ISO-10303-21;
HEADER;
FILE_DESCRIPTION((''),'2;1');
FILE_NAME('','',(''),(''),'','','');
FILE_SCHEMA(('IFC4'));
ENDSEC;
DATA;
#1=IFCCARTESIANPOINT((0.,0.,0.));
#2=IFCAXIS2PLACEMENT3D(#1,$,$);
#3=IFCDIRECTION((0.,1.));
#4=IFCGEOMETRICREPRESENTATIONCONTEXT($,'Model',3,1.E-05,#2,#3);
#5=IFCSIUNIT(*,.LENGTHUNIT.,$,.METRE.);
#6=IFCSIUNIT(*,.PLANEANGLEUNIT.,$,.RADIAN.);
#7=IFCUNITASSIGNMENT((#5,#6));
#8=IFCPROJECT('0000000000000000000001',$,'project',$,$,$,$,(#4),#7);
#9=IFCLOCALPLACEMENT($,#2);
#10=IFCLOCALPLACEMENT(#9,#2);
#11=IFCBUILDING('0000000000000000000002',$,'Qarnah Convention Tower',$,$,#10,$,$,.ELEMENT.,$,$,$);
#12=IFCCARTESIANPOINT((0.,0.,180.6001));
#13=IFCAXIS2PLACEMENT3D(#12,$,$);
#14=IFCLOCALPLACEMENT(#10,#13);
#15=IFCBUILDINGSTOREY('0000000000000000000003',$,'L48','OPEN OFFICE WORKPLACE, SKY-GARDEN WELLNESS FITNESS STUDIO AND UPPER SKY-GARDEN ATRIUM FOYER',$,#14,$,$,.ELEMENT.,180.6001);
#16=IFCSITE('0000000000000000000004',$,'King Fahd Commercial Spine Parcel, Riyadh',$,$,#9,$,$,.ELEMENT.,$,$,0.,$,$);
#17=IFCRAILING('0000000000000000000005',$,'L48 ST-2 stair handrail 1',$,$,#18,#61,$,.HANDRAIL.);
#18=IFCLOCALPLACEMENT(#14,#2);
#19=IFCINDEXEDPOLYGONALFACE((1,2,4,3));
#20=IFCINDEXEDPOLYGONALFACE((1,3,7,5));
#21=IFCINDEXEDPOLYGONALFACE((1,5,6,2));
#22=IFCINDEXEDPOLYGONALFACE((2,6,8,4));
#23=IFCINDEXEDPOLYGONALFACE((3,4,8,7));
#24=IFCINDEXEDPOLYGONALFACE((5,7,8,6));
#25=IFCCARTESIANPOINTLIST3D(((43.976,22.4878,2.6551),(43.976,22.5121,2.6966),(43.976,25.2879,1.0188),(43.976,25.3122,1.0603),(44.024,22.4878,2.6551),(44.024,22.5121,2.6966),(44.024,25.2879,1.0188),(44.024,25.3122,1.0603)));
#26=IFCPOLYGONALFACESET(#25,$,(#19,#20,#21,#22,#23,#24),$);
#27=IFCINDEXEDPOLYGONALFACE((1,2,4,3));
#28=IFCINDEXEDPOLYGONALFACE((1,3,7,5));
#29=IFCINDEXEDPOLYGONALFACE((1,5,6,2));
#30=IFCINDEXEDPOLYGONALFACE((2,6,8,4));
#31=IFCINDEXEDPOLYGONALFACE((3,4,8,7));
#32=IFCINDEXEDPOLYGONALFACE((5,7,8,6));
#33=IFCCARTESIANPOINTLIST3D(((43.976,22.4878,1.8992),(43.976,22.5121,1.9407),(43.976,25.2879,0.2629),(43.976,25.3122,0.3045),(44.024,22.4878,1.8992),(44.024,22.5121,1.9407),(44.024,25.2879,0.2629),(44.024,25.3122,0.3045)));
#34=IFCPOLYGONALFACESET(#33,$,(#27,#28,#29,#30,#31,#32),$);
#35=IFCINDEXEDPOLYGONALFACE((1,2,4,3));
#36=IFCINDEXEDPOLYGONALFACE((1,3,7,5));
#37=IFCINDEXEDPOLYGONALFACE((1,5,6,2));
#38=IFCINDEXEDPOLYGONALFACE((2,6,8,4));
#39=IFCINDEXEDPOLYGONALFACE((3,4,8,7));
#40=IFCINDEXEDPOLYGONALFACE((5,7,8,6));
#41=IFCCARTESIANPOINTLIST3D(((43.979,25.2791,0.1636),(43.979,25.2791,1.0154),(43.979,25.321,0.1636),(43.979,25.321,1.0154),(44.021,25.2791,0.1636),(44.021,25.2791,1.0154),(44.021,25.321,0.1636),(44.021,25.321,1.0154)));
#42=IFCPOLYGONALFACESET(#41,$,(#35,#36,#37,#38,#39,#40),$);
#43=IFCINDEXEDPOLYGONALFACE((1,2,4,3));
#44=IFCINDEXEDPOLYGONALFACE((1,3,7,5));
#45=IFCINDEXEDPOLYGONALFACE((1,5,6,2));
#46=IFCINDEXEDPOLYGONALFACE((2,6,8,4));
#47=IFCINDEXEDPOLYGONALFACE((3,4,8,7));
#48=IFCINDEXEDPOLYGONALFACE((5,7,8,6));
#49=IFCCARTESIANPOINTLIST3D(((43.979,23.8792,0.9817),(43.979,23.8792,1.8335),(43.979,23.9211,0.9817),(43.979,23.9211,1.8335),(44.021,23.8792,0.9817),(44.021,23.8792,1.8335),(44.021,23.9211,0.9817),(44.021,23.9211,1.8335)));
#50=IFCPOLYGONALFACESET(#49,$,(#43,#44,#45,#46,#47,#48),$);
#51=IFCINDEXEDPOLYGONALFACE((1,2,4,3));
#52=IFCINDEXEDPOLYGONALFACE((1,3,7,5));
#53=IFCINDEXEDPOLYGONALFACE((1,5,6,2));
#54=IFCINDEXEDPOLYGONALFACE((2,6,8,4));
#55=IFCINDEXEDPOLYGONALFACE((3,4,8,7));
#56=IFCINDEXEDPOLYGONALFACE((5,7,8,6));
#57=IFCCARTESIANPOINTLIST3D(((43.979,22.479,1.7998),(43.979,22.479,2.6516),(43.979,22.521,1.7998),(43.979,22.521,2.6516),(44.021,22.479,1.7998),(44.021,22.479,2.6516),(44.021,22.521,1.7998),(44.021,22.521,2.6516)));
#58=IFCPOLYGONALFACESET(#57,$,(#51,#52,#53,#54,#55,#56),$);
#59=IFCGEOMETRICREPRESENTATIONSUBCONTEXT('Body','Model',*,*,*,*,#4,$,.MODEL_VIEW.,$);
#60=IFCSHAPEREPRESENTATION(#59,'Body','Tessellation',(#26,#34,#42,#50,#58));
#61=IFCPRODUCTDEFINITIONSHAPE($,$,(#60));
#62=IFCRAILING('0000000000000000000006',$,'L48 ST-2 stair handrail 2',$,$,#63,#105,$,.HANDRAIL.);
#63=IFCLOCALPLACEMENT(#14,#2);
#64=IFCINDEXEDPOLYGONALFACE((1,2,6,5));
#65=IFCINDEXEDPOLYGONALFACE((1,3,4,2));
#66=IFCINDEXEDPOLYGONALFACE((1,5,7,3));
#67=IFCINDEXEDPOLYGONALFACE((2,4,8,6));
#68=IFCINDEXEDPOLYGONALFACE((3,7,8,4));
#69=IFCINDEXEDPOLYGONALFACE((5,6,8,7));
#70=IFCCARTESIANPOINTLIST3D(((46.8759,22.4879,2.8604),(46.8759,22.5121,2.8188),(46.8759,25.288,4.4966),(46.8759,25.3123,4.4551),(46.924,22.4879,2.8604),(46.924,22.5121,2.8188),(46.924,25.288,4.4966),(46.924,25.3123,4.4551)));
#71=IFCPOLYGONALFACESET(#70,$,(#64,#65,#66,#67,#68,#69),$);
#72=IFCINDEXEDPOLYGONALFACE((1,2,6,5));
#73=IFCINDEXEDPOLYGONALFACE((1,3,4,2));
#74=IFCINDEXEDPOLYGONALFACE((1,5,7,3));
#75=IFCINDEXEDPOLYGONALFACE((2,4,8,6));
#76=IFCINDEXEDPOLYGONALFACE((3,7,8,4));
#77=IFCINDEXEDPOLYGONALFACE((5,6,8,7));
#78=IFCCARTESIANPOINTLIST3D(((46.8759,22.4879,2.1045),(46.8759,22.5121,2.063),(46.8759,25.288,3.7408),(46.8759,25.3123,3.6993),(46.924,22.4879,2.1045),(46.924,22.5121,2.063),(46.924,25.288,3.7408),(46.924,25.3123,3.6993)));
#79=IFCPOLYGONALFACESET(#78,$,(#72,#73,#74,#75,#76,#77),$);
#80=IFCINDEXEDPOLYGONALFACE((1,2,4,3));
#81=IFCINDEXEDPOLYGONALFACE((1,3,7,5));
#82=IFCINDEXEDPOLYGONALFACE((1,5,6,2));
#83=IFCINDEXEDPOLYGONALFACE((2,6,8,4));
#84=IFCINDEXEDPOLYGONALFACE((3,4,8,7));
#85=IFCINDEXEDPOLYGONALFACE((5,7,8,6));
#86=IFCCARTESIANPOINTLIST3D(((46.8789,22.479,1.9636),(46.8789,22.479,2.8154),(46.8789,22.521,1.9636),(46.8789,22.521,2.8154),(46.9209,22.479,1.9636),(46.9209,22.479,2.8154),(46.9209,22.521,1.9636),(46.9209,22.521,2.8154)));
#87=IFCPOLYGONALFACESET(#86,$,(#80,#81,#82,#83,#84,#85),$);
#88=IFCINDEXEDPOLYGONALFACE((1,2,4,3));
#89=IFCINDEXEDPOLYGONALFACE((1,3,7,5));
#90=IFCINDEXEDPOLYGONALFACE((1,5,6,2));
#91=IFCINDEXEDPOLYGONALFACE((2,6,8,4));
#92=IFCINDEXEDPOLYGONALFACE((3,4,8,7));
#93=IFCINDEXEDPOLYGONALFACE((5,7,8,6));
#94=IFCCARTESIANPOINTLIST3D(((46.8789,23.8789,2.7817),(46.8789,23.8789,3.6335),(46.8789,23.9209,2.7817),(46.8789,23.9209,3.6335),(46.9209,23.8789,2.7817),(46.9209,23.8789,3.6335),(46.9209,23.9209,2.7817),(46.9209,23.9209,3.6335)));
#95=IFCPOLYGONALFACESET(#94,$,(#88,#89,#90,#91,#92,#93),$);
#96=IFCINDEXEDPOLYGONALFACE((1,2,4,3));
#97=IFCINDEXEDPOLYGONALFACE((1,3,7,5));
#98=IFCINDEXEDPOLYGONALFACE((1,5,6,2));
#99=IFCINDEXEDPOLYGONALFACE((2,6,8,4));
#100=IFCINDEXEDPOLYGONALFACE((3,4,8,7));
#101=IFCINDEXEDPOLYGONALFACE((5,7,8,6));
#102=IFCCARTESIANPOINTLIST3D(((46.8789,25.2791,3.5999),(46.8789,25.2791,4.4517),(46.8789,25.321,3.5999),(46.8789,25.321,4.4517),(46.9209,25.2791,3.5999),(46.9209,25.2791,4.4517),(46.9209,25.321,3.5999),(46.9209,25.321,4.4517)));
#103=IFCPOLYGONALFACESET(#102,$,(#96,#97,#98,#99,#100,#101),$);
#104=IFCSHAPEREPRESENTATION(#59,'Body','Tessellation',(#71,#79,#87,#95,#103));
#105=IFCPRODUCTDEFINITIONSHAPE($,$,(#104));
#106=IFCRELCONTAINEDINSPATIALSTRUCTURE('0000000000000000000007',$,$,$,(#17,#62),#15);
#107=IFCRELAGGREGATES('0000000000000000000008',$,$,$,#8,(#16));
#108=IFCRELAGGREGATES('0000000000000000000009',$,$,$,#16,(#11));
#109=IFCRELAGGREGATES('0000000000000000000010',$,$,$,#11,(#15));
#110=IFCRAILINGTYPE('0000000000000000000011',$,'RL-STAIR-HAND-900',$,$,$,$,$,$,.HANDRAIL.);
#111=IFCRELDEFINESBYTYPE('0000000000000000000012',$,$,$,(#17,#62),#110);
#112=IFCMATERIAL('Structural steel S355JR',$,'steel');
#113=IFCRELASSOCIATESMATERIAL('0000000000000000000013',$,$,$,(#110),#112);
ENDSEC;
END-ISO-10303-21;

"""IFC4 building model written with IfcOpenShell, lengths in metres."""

from ifc_helpers import new_model, si_unit, direction, frame, origin, origin_2d, place, context, subcontext, project, spatial, rectangle, extrude, material, type_object, element, save


model = new_model("IFC4")

# Units and contexts
model_context = context("Model", 3, precision=1e-05, world=origin(), true_north=direction((0.0, 1.0)))
body_context = subcontext(model_context, "Body", "Model", "MODEL_VIEW")
ifc_project = project(units=[si_unit("LENGTHUNIT", "METRE"), si_unit("PLANEANGLEUNIT", "RADIAN")], contexts=[model_context])

# Site, building, storey
site_placement = place(None, origin())
site = spatial("IfcSite", under=ifc_project, at=site_placement, Name="King Fahd Commercial Spine Parcel, Riyadh", CompositionType="ELEMENT", RefElevation=0.0)
building_placement = place(site_placement, origin())
building = spatial("IfcBuilding", under=site, at=building_placement, Name="Qarnah Convention Tower", CompositionType="ELEMENT")
storey_placement = place(building_placement, frame((0.0, 0.0, 180.6001)))
storey = spatial("IfcBuildingStorey", under=building, at=storey_placement, Name="L48", Description="OPEN OFFICE WORKPLACE, SKY-GARDEN WELLNESS FITNESS STUDIO AND UPPER SKY-GARDEN ATRIUM FOYER", CompositionType="ELEMENT", Elevation=180.6001)

# Shared definitions
ifc_material_1 = material(Name="Structural steel S355JR", Category="steel")

# Railings
railing_type_1 = type_object("IfcRailingType", Name="RL-STAIR-HAND-900", PredefinedType="HANDRAIL", material=ifc_material_1)
railing_1_placement = place(storey_placement, frame((44.0, 25.3, 0.1636)))
element("IfcRailing", 1, at=railing_1_placement, inside=storey, type_object=railing_type_1, Name="L48 ST-2 stair handrail 1", PredefinedType="HANDRAIL", context=body_context, shape_type="SweptSolid", body=[
    extrude(rectangle(XDim=0.0481, YDim=0.0481, at=origin_2d()), frame((0.0, 0.0, 0.876), z_axis=(0.0, -0.863394, 0.504531), x_axis=(1.0, 0.0, 0.0)), (0.0, 0.0, 1.0), 3.2432),
    extrude(rectangle(XDim=0.0481, YDim=0.0481, at=origin_2d()), frame((0.0, 0.0, 0.1201), z_axis=(0.0, -0.863394, 0.504531), x_axis=(1.0, 0.0, 0.0)), (0.0, 0.0, 1.0), 3.2432),
    extrude(rectangle(XDim=0.042, YDim=0.042, at=origin_2d()), origin(), (0.0, 0.0, 1.0), 0.8518),
    extrude(rectangle(XDim=0.042, YDim=0.042, at=origin_2d()), frame((0.0, -1.3999, 0.8181)), (0.0, 0.0, 1.0), 0.8518),
    extrude(rectangle(XDim=0.042, YDim=0.042, at=origin_2d()), frame((0.0, -2.8, 1.6362)), (0.0, 0.0, 1.0), 0.8518),
])
railing_2_placement = place(storey_placement, frame((46.8999, 22.5, 1.9636)))
element("IfcRailing", 2, at=railing_2_placement, inside=storey, type_object=railing_type_1, Name="L48 ST-2 stair handrail 2", PredefinedType="HANDRAIL", context=body_context, shape_type="SweptSolid", body=[
    extrude(rectangle(XDim=0.0481, YDim=0.0481, at=origin_2d()), frame((0.0, 0.0, 0.876), z_axis=(0.0, 0.863394, 0.504531), x_axis=(-1.0, 0.0, 0.0)), (0.0, 0.0, 1.0), 3.2432),
    extrude(rectangle(XDim=0.0481, YDim=0.0481, at=origin_2d()), frame((0.0, 0.0, 0.1201), z_axis=(0.0, 0.863394, 0.504531), x_axis=(-1.0, 0.0, 0.0)), (0.0, 0.0, 1.0), 3.2432),
    extrude(rectangle(XDim=0.042, YDim=0.042, at=origin_2d()), origin(), (0.0, 0.0, 1.0), 0.8518),
    extrude(rectangle(XDim=0.042, YDim=0.042, at=origin_2d()), frame((0.0, 1.3999, 0.8181)), (0.0, 0.0, 1.0), 0.8518),
    extrude(rectangle(XDim=0.042, YDim=0.042, at=origin_2d()), frame((0.0, 2.8, 1.6362)), (0.0, 0.0, 1.0), 0.8518),
])

save(model, "model.ifc")
